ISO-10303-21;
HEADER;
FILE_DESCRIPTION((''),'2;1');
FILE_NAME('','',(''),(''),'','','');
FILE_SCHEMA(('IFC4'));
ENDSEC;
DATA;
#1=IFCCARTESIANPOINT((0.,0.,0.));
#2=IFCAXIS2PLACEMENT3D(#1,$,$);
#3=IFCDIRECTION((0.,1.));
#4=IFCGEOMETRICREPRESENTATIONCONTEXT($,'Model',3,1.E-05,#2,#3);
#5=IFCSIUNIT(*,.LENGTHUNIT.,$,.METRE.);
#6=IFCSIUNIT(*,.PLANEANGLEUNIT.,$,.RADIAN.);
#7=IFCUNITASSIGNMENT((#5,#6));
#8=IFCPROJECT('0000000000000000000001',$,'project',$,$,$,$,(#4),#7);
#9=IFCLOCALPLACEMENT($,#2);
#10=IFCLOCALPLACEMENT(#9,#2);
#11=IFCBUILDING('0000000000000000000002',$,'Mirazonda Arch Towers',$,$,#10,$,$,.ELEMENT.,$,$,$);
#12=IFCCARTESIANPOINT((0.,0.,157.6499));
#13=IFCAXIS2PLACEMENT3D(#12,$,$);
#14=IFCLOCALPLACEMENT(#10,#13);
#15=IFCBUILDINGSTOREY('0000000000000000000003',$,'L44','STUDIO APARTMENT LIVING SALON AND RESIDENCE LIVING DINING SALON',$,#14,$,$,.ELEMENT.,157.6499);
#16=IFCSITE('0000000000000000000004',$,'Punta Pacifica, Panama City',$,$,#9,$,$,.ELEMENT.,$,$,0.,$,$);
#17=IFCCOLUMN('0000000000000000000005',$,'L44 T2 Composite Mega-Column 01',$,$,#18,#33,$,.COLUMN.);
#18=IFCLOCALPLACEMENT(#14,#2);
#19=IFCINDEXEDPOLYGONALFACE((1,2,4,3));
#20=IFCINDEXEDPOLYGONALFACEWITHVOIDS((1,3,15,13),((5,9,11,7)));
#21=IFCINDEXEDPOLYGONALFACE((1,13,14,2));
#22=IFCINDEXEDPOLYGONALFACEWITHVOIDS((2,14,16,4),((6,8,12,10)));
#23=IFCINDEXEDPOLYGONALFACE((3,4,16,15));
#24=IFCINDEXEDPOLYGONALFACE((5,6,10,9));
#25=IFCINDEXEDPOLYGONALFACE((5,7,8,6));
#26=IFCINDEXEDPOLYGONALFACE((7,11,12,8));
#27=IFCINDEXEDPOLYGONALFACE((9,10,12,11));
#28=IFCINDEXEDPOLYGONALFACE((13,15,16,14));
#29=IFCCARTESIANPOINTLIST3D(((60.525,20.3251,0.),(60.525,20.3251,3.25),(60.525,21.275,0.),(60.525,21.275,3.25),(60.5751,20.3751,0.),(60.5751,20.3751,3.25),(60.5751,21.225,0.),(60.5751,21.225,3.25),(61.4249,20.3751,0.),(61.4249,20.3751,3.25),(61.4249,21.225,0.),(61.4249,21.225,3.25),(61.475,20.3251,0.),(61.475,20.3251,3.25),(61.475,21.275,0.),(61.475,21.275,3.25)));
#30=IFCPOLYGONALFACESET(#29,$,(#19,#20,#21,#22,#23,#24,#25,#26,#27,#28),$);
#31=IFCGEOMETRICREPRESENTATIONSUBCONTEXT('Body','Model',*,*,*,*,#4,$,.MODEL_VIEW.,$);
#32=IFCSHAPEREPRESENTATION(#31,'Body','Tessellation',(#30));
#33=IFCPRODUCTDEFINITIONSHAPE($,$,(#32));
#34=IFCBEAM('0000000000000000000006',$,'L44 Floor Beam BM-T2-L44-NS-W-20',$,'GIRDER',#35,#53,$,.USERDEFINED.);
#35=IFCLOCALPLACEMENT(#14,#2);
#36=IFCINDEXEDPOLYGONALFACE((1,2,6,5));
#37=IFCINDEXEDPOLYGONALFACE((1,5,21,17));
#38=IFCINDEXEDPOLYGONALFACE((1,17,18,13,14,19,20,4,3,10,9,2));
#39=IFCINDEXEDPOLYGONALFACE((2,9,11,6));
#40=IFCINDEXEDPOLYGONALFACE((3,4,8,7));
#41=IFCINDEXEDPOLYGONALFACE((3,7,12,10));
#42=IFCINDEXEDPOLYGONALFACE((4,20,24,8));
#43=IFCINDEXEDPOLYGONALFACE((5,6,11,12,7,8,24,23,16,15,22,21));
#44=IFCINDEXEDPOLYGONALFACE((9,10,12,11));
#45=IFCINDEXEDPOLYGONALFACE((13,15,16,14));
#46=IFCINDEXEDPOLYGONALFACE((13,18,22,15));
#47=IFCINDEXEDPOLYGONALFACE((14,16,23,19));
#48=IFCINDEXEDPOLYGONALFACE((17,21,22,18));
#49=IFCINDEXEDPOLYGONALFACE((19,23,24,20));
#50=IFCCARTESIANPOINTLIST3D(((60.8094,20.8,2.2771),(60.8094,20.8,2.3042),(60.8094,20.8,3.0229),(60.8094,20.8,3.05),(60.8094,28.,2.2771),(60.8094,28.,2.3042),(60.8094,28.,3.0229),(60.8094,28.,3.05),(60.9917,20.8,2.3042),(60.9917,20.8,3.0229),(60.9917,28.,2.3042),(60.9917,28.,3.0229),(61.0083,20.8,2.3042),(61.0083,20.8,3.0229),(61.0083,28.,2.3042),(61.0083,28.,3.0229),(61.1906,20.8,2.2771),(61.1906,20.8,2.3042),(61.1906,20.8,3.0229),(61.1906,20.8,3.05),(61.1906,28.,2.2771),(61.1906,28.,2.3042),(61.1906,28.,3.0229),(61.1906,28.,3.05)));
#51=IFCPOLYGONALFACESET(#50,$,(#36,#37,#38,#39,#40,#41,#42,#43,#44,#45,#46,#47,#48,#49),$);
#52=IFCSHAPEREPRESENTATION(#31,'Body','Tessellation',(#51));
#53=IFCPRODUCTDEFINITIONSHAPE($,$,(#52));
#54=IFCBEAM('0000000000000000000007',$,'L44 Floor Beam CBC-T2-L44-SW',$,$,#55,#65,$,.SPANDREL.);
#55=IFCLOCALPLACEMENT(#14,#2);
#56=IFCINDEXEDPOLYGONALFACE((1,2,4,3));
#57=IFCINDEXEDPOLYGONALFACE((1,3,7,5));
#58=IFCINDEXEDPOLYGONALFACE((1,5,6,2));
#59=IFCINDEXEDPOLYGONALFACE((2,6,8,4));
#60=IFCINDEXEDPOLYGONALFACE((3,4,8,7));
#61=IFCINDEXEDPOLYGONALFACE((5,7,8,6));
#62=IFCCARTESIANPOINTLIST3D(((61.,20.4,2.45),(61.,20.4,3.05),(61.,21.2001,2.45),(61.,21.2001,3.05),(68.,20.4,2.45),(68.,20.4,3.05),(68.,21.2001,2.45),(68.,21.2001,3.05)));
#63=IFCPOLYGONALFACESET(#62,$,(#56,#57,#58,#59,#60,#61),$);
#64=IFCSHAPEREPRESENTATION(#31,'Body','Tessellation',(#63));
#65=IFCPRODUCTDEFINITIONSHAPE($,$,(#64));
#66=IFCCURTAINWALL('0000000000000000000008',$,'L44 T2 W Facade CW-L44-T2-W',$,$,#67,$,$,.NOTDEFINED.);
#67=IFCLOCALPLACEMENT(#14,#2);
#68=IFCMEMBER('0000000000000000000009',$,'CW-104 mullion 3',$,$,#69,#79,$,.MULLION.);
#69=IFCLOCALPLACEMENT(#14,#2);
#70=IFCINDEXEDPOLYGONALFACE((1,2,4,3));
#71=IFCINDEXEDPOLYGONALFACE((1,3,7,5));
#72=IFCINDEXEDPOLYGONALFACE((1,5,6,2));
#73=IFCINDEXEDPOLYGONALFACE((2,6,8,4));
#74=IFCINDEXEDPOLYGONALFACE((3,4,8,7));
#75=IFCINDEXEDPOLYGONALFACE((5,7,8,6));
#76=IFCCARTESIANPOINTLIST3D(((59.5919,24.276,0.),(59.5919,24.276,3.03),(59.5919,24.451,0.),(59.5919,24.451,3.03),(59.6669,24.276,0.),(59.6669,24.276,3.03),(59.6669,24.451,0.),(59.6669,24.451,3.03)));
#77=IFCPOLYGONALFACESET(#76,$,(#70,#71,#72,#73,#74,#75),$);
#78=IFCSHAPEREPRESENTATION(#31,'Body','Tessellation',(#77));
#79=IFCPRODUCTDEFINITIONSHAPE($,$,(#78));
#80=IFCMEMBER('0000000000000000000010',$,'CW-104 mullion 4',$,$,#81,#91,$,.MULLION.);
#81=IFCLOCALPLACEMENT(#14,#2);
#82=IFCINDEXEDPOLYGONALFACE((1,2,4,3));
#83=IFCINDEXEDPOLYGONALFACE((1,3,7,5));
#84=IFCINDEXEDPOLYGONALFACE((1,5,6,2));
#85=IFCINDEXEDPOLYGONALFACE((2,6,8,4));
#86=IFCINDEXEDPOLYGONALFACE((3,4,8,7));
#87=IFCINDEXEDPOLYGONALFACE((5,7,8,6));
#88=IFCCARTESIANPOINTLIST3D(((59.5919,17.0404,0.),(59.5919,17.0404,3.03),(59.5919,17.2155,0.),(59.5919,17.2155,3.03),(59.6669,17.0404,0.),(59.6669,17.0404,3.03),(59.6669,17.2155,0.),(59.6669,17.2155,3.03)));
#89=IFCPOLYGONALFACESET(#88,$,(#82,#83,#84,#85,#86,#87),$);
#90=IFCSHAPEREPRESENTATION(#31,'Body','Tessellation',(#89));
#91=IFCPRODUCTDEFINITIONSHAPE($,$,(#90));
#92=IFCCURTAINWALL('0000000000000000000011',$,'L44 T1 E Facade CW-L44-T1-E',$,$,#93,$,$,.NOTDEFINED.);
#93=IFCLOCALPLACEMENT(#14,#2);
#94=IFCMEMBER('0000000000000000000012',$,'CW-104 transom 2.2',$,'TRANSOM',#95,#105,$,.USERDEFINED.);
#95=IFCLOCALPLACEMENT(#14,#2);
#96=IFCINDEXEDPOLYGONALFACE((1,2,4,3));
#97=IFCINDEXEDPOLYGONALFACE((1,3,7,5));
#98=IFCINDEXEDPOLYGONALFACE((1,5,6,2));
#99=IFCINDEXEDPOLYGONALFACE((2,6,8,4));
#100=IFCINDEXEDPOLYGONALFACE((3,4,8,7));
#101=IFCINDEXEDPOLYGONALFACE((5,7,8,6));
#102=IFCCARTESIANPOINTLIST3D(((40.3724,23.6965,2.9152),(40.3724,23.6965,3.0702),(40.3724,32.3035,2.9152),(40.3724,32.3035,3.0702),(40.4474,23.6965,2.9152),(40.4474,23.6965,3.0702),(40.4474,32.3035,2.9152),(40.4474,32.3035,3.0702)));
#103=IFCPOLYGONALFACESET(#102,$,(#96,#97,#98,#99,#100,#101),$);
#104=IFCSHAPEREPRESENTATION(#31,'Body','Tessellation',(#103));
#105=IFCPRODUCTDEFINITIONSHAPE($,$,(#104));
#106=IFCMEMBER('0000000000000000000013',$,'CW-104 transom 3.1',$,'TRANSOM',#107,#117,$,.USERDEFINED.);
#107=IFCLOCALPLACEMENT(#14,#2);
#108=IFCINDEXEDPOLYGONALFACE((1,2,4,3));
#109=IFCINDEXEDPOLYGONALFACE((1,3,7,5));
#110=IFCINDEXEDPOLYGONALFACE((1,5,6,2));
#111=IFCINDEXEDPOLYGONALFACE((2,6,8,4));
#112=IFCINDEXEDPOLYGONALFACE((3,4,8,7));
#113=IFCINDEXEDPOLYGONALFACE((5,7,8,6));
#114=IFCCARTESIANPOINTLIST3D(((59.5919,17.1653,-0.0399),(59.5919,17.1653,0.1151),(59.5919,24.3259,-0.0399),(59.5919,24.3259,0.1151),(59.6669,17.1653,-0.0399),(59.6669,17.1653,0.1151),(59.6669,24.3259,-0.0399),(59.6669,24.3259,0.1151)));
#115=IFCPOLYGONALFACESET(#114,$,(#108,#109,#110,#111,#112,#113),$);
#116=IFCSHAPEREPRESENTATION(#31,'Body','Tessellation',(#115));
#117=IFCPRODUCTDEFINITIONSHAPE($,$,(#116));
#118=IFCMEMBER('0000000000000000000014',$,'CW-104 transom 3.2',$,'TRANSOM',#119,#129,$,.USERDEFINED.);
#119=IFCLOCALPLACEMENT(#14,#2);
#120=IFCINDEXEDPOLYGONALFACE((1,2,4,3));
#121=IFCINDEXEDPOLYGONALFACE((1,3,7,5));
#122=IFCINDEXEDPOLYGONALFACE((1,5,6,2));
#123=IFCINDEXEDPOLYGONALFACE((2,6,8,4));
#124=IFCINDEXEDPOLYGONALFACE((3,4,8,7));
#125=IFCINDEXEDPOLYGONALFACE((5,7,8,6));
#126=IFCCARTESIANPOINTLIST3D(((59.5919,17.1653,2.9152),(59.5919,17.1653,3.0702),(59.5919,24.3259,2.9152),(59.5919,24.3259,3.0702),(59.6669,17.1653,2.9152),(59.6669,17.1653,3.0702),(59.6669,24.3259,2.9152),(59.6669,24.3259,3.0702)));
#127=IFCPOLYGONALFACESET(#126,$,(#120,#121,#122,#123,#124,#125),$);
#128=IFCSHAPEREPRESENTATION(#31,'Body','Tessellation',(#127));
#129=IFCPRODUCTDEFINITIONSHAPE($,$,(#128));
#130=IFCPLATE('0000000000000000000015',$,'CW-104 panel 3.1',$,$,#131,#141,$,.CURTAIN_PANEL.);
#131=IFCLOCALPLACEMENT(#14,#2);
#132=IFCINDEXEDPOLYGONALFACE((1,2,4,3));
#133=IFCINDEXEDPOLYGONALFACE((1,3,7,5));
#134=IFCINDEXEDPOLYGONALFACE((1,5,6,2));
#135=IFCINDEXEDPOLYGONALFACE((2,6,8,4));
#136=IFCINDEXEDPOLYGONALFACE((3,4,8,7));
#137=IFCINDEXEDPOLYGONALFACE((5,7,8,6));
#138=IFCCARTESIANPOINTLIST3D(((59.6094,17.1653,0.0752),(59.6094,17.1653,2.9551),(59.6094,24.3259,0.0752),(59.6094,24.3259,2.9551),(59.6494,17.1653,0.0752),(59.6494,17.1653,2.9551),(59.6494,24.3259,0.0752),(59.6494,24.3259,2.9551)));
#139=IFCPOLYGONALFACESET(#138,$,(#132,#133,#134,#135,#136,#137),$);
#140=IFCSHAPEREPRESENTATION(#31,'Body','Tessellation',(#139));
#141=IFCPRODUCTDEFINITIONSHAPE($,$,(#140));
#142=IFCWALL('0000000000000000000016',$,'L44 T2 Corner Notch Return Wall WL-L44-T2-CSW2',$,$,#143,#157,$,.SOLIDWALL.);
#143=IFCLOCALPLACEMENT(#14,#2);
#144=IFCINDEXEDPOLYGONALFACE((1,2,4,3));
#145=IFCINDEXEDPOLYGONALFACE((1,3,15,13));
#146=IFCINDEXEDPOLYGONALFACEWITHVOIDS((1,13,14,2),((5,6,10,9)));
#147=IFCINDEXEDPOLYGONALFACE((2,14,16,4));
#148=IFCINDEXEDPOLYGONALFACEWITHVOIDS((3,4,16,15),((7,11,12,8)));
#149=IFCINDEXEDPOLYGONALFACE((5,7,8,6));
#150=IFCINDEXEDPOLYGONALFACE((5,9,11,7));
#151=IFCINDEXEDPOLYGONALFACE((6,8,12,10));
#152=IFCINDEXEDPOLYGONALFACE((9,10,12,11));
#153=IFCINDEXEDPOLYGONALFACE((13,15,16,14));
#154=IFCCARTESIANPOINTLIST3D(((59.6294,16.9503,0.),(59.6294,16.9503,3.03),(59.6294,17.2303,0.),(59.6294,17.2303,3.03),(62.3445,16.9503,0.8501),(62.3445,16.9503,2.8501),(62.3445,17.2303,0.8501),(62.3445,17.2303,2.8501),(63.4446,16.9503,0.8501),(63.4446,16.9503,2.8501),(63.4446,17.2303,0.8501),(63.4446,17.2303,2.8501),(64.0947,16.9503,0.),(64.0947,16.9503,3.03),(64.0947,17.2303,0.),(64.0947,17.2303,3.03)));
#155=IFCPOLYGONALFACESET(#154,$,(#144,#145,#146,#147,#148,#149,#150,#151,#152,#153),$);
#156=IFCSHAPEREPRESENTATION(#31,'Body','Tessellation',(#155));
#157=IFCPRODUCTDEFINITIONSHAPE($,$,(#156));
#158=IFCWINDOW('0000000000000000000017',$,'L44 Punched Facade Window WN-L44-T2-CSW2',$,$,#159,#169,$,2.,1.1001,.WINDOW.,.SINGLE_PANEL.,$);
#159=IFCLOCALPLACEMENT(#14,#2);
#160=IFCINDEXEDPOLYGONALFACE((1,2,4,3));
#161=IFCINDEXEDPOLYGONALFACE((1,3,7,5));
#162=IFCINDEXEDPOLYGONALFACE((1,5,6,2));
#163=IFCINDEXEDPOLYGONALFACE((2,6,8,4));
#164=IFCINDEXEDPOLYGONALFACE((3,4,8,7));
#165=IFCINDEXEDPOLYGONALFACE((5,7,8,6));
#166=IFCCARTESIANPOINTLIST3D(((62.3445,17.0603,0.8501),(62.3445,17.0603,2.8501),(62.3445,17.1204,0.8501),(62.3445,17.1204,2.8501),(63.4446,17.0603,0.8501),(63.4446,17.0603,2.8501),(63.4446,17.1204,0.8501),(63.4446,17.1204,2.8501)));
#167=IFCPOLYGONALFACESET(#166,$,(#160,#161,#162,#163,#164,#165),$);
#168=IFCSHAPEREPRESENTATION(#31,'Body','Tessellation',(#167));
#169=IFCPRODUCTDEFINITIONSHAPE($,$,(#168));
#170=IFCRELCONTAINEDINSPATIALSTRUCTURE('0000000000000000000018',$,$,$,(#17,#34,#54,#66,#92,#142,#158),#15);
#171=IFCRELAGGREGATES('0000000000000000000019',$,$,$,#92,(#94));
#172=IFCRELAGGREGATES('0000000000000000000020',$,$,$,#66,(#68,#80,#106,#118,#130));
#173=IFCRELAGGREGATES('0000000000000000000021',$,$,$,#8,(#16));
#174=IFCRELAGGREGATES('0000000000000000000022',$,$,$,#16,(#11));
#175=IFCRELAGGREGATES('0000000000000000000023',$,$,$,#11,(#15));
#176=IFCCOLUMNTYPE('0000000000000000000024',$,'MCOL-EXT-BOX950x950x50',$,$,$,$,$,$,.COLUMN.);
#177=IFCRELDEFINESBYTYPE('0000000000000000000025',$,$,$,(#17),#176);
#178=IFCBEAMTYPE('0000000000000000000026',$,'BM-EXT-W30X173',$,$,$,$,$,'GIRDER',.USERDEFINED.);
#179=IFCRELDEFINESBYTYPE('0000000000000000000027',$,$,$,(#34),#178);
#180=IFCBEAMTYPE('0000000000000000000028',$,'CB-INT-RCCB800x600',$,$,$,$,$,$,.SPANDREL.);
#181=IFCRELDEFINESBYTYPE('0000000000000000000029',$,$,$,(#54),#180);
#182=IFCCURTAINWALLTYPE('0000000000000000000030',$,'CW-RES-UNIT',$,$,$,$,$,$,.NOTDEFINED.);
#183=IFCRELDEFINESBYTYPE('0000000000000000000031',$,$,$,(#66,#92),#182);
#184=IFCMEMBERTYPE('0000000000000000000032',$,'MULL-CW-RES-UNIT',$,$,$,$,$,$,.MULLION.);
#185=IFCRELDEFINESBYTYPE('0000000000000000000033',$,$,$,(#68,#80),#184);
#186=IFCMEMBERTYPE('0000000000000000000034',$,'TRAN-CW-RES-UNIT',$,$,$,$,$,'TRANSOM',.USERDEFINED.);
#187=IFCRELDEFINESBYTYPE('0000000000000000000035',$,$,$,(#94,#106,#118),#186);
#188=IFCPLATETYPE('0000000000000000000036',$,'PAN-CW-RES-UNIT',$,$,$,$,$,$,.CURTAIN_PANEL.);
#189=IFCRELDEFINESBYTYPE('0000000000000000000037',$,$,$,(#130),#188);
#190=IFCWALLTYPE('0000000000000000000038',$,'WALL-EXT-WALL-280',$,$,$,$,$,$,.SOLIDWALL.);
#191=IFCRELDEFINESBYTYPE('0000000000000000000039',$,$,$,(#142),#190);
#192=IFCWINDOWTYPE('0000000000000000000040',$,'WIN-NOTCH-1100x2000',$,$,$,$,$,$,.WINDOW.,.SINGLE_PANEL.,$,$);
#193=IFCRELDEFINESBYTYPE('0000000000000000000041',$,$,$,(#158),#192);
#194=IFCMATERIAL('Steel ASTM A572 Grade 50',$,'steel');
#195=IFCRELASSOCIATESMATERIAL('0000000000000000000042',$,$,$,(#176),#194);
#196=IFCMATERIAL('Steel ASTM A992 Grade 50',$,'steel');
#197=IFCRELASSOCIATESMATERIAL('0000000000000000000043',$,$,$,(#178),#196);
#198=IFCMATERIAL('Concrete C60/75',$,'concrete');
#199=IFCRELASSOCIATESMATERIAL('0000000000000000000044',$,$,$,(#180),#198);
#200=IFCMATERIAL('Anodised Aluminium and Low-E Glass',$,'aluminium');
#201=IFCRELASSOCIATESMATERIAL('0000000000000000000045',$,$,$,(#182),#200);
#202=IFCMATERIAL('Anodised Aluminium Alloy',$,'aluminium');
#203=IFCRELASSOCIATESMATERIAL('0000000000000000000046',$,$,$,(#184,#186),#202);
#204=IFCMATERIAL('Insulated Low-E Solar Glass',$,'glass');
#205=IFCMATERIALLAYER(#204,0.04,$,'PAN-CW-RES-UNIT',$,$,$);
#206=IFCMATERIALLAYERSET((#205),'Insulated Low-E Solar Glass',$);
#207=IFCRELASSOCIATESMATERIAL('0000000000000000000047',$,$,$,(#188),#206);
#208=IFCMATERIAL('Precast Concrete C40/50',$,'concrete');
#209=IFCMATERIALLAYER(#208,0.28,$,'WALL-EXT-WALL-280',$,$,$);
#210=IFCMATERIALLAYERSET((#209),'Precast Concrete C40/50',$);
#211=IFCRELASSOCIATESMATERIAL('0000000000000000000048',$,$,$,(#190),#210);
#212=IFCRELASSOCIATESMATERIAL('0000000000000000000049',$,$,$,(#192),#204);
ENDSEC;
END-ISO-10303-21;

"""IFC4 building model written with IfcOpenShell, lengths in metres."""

from ifc_helpers import new_model, si_unit, direction, frame, frame_2d, origin, origin_2d, place, context, subcontext, project, spatial, rectangle, hollow_rectangle, i_section, extrude, material, layer, layer_set, material_profile, profile_set, type_object, element, fill, aggregate, save


model = new_model("IFC4")

# Units and contexts
model_context = context("Model", 3, precision=1e-05, world=origin(), true_north=direction((0.0, 1.0)))
body_context = subcontext(model_context, "Body", "Model", "MODEL_VIEW")
ifc_project = project(units=[si_unit("LENGTHUNIT", "METRE"), si_unit("PLANEANGLEUNIT", "RADIAN")], contexts=[model_context])

# Site, building, storey
site_placement = place(None, origin())
site = spatial("IfcSite", under=ifc_project, at=site_placement, Name="Punta Pacifica, Panama City", CompositionType="ELEMENT", RefElevation=0.0)
building_placement = place(site_placement, origin())
building = spatial("IfcBuilding", under=site, at=building_placement, Name="Mirazonda Arch Towers", CompositionType="ELEMENT")
storey_placement = place(building_placement, frame((0.0, 0.0, 157.6499)))
storey = spatial("IfcBuildingStorey", under=building, at=storey_placement, Name="L44", Description="STUDIO APARTMENT LIVING SALON AND RESIDENCE LIVING DINING SALON", CompositionType="ELEMENT", Elevation=157.6499)

# Column
ifc_material_1 = material(Name="Steel ASTM A572 Grade 50", Category="steel")
ifc_material_profile_1 = material_profile(ifc_material_1, hollow_rectangle(XDim=0.95, YDim=0.95, WallThickness=0.05, at=origin_2d()), Name="BOX950x950x50")
ifc_profile_set_1 = profile_set([ifc_material_profile_1], Name="Steel ASTM A572 Grade 50")
column_type = type_object("IfcColumnType", Name="MCOL-EXT-BOX950x950x50", PredefinedType="COLUMN", material=ifc_profile_set_1)
column_placement = place(storey_placement, frame((61.0, 20.8, 0.0), z_axis=(0.0, 0.0, 1.0), x_axis=(1.0, 0.0, 0.0)))
element("IfcColumn", 1, at=column_placement, inside=storey, type_object=column_type, Name="L44 T2 Composite Mega-Column 01", PredefinedType="COLUMN", context=body_context, shape_type="SweptSolid", body=[
    extrude(hollow_rectangle(XDim=0.95, YDim=0.95, WallThickness=0.05, at=origin_2d()), origin(), (0.0, 0.0, 1.0), 3.25),
])

# Beams
ifc_material_2 = material(Name="Steel ASTM A992 Grade 50", Category="steel")
ifc_material_profile_2 = material_profile(ifc_material_2, i_section(OverallWidth=0.3811, OverallDepth=0.7729, WebThickness=0.0166, FlangeThickness=0.0271, at=origin_2d()), Name="W30X173")
ifc_profile_set_2 = profile_set([ifc_material_profile_2], Name="Steel ASTM A992 Grade 50")
beam_type_1 = type_object("IfcBeamType", Name="BM-EXT-W30X173", ElementType="GIRDER", PredefinedType="USERDEFINED", material=ifc_profile_set_2)
beam_1_placement = place(storey_placement, frame((61.0, 20.8, 2.6636), z_axis=(0.0, 1.0, 0.0), x_axis=(-1.0, 0.0, 0.0)))
element("IfcBeam", 2, at=beam_1_placement, inside=storey, type_object=beam_type_1, Name="L44 Floor Beam BM-T2-L44-NS-W-20", ObjectType="GIRDER", PredefinedType="USERDEFINED", context=body_context, shape_type="SweptSolid", body=[
    extrude(i_section(OverallWidth=0.3811, OverallDepth=0.7729, WebThickness=0.0166, FlangeThickness=0.0271, at=origin_2d()), origin(), (0.0, 0.0, 1.0), 7.2),
])
ifc_material_3 = material(Name="Concrete C60/75", Category="concrete")
ifc_material_profile_3 = material_profile(ifc_material_3, rectangle(XDim=0.8, YDim=0.6001, at=origin_2d()), Name="RCCB800x600")
ifc_profile_set_3 = profile_set([ifc_material_profile_3], Name="Concrete C60/75")
beam_type_2 = type_object("IfcBeamType", Name="CB-INT-RCCB800x600", PredefinedType="SPANDREL", material=ifc_profile_set_3)
beam_2_placement = place(storey_placement, frame((61.0, 20.8, 2.75), z_axis=(1.0, 0.0, 0.0), x_axis=(0.0, 1.0, 0.0)))
element("IfcBeam", 3, at=beam_2_placement, inside=storey, type_object=beam_type_2, Name="L44 Floor Beam CBC-T2-L44-SW", PredefinedType="SPANDREL", context=body_context, shape_type="SweptSolid", body=[
    extrude(rectangle(XDim=0.8, YDim=0.6001, at=origin_2d()), origin(), (0.0, 0.0, 1.0), 7.0),
])

# Curtain wall, members
ifc_material_4 = material(Name="Anodised Aluminium and Low-E Glass", Category="aluminium")
curtain_wall_type = type_object("IfcCurtainWallType", Name="CW-RES-UNIT", PredefinedType="NOTDEFINED", material=ifc_material_4)
curtain_wall_1_placement = place(storey_placement, origin())
curtain_wall_1 = element("IfcCurtainWall", 4, at=curtain_wall_1_placement, inside=storey, type_object=curtain_wall_type, Name="L44 T2 W Facade CW-L44-T2-W", PredefinedType="NOTDEFINED")
ifc_material_5 = material(Name="Anodised Aluminium Alloy", Category="aluminium")
ifc_material_profile_4 = material_profile(ifc_material_5, rectangle(XDim=0.075, YDim=0.175, at=origin_2d()), Name="ALU-MULL-75x175")
ifc_profile_set_4 = profile_set([ifc_material_profile_4], Name="Anodised Aluminium Alloy")
member_type_1 = type_object("IfcMemberType", Name="MULL-CW-RES-UNIT", PredefinedType="MULLION", material=ifc_profile_set_4)
member_1_placement = place(storey_placement, frame((59.6294, 24.3635, 0.0), z_axis=(0.0, 0.0, 1.0), x_axis=(1.0, 0.0, 0.0)))
member_1 = element("IfcMember", 5, at=member_1_placement, type_object=member_type_1, Name="CW-104 mullion 3", PredefinedType="MULLION", context=body_context, shape_type="SweptSolid", body=[
    extrude(rectangle(XDim=0.075, YDim=0.175, at=origin_2d()), origin(), (0.0, 0.0, 1.0), 3.03),
])
member_2_placement = place(storey_placement, frame((59.6294, 17.1279, 0.0), z_axis=(0.0, 0.0, 1.0), x_axis=(1.0, 0.0, 0.0)))
member_2 = element("IfcMember", 6, at=member_2_placement, type_object=member_type_1, Name="CW-104 mullion 4", PredefinedType="MULLION", context=body_context, shape_type="SweptSolid", body=[
    extrude(rectangle(XDim=0.075, YDim=0.175, at=origin_2d()), origin(), (0.0, 0.0, 1.0), 3.03),
])

# Curtain wall, member
curtain_wall_2_placement = place(storey_placement, origin())
curtain_wall_2 = element("IfcCurtainWall", 7, at=curtain_wall_2_placement, inside=storey, type_object=curtain_wall_type, Name="L44 T1 E Facade CW-L44-T1-E", PredefinedType="NOTDEFINED")
ifc_material_profile_5 = material_profile(ifc_material_5, rectangle(XDim=0.075, YDim=0.155, at=origin_2d()), Name="ALU-TRAN-75x155")
ifc_profile_set_5 = profile_set([ifc_material_profile_5], Name="Anodised Aluminium Alloy")
member_type_2 = type_object("IfcMemberType", Name="TRAN-CW-RES-UNIT", ElementType="TRANSOM", PredefinedType="USERDEFINED", material=ifc_profile_set_5)
member_3_placement = place(storey_placement, frame((40.4099, 23.6965, 2.9927), z_axis=(0.0, 1.0, 0.0), x_axis=(-1.0, 0.0, 0.0)))
member_3 = element("IfcMember", 8, at=member_3_placement, type_object=member_type_2, Name="CW-104 transom 2.2", ObjectType="TRANSOM", PredefinedType="USERDEFINED", context=body_context, shape_type="SweptSolid", body=[
    extrude(rectangle(XDim=0.075, YDim=0.155, at=origin_2d()), origin(), (0.0, 0.0, 1.0), 8.6069),
])
aggregate(curtain_wall_2, [member_3])

# Members
member_4_placement = place(storey_placement, frame((59.6294, 24.3259, 0.0376), z_axis=(0.0, -1.0, 0.0), x_axis=(1.0, 0.0, 0.0)))
member_4 = element("IfcMember", 9, at=member_4_placement, type_object=member_type_2, Name="CW-104 transom 3.1", ObjectType="TRANSOM", PredefinedType="USERDEFINED", context=body_context, shape_type="SweptSolid", body=[
    extrude(rectangle(XDim=0.075, YDim=0.155, at=origin_2d()), origin(), (0.0, 0.0, 1.0), 7.1606),
])
member_5_placement = place(storey_placement, frame((59.6294, 24.3259, 2.9927), z_axis=(0.0, -1.0, 0.0), x_axis=(1.0, 0.0, 0.0)))
member_5 = element("IfcMember", 10, at=member_5_placement, type_object=member_type_2, Name="CW-104 transom 3.2", ObjectType="TRANSOM", PredefinedType="USERDEFINED", context=body_context, shape_type="SweptSolid", body=[
    extrude(rectangle(XDim=0.075, YDim=0.155, at=origin_2d()), origin(), (0.0, 0.0, 1.0), 7.1606),
])

# Plate
ifc_material_6 = material(Name="Insulated Low-E Solar Glass", Category="glass")
ifc_layer_1 = layer(ifc_material_6, 0.04, Name="PAN-CW-RES-UNIT")
ifc_layer_set_1 = layer_set([ifc_layer_1], Name="Insulated Low-E Solar Glass")
plate_type = type_object("IfcPlateType", Name="PAN-CW-RES-UNIT", PredefinedType="CURTAIN_PANEL", material=ifc_layer_set_1)
plate_placement = place(storey_placement, frame((59.6294, 20.7456, 0.0752), z_axis=(0.0, 0.0, 1.0), x_axis=(0.0, -1.0, 0.0)))
plate = element("IfcPlate", 11, at=plate_placement, type_object=plate_type, Name="CW-104 panel 3.1", PredefinedType="CURTAIN_PANEL", context=body_context, shape_type="SweptSolid", body=[
    extrude(rectangle(XDim=7.1606, YDim=0.04, at=origin_2d()), origin(), (0.0, 0.0, 1.0), 2.8799),
])
aggregate(curtain_wall_1, [member_1, member_2, member_4, member_5, plate])

# Wall, opening, window
ifc_material_7 = material(Name="Precast Concrete C40/50", Category="concrete")
ifc_layer_2 = layer(ifc_material_7, 0.28, Name="WALL-EXT-WALL-280")
ifc_layer_set_2 = layer_set([ifc_layer_2], Name="Precast Concrete C40/50")
wall_type_1 = type_object("IfcWallType", Name="WALL-EXT-WALL-280", PredefinedType="SOLIDWALL", material=ifc_layer_set_2)
wall_1_placement = place(storey_placement, frame((59.6294, 17.0903, 0.0), z_axis=(0.0, 0.0, 1.0), x_axis=(1.0, 0.0, 0.0)))
wall_1 = element("IfcWall", 12, at=wall_1_placement, inside=storey, type_object=wall_type_1, Name="L44 T2 Corner Notch Return Wall WL-L44-T2-CSW2", PredefinedType="SOLIDWALL", context=body_context, shape_type="SweptSolid", body=[
    extrude(rectangle(XDim=4.4653, YDim=0.28, at=frame_2d((2.2327, 0.0))), origin(), (0.0, 0.0, 1.0), 3.03),
])
opening_1_placement = place(wall_1_placement, frame((2.7151, 0.0, 0.8501)))
opening_1 = element("IfcOpeningElement", 13, at=opening_1_placement, cuts=wall_1, PredefinedType="OPENING", context=body_context, shape_type="SweptSolid", body=[
    extrude(rectangle(XDim=1.1001, YDim=2.0, at=frame_2d((0.55, 1.0))), frame((0.0, 0.1499, 0.0), z_axis=(0.0, -1.0, 0.0), x_axis=(1.0, 0.0, 0.0)), (0.0, 0.0, 1.0), 0.3),
])
window_type = type_object("IfcWindowType", Name="WIN-NOTCH-1100x2000", PartitioningType="SINGLE_PANEL", PredefinedType="WINDOW", material=ifc_material_6)
window_placement = place(opening_1_placement, origin())
window = element("IfcWindow", 14, at=window_placement, inside=storey, type_object=window_type, Name="L44 Punched Facade Window WN-L44-T2-CSW2", OverallHeight=2.0, OverallWidth=1.1001, PartitioningType="SINGLE_PANEL", PredefinedType="WINDOW", context=body_context, shape_type="SweptSolid", body=[
    extrude(rectangle(XDim=1.1001, YDim=2.0, at=frame_2d((0.55, 1.0))), frame((0.0, 0.03, 0.0), z_axis=(0.0, -1.0, 0.0), x_axis=(1.0, 0.0, 0.0)), (0.0, 0.0, 1.0), 0.0601),
])
fill(opening_1, window)

save(model, "model.ifc")
